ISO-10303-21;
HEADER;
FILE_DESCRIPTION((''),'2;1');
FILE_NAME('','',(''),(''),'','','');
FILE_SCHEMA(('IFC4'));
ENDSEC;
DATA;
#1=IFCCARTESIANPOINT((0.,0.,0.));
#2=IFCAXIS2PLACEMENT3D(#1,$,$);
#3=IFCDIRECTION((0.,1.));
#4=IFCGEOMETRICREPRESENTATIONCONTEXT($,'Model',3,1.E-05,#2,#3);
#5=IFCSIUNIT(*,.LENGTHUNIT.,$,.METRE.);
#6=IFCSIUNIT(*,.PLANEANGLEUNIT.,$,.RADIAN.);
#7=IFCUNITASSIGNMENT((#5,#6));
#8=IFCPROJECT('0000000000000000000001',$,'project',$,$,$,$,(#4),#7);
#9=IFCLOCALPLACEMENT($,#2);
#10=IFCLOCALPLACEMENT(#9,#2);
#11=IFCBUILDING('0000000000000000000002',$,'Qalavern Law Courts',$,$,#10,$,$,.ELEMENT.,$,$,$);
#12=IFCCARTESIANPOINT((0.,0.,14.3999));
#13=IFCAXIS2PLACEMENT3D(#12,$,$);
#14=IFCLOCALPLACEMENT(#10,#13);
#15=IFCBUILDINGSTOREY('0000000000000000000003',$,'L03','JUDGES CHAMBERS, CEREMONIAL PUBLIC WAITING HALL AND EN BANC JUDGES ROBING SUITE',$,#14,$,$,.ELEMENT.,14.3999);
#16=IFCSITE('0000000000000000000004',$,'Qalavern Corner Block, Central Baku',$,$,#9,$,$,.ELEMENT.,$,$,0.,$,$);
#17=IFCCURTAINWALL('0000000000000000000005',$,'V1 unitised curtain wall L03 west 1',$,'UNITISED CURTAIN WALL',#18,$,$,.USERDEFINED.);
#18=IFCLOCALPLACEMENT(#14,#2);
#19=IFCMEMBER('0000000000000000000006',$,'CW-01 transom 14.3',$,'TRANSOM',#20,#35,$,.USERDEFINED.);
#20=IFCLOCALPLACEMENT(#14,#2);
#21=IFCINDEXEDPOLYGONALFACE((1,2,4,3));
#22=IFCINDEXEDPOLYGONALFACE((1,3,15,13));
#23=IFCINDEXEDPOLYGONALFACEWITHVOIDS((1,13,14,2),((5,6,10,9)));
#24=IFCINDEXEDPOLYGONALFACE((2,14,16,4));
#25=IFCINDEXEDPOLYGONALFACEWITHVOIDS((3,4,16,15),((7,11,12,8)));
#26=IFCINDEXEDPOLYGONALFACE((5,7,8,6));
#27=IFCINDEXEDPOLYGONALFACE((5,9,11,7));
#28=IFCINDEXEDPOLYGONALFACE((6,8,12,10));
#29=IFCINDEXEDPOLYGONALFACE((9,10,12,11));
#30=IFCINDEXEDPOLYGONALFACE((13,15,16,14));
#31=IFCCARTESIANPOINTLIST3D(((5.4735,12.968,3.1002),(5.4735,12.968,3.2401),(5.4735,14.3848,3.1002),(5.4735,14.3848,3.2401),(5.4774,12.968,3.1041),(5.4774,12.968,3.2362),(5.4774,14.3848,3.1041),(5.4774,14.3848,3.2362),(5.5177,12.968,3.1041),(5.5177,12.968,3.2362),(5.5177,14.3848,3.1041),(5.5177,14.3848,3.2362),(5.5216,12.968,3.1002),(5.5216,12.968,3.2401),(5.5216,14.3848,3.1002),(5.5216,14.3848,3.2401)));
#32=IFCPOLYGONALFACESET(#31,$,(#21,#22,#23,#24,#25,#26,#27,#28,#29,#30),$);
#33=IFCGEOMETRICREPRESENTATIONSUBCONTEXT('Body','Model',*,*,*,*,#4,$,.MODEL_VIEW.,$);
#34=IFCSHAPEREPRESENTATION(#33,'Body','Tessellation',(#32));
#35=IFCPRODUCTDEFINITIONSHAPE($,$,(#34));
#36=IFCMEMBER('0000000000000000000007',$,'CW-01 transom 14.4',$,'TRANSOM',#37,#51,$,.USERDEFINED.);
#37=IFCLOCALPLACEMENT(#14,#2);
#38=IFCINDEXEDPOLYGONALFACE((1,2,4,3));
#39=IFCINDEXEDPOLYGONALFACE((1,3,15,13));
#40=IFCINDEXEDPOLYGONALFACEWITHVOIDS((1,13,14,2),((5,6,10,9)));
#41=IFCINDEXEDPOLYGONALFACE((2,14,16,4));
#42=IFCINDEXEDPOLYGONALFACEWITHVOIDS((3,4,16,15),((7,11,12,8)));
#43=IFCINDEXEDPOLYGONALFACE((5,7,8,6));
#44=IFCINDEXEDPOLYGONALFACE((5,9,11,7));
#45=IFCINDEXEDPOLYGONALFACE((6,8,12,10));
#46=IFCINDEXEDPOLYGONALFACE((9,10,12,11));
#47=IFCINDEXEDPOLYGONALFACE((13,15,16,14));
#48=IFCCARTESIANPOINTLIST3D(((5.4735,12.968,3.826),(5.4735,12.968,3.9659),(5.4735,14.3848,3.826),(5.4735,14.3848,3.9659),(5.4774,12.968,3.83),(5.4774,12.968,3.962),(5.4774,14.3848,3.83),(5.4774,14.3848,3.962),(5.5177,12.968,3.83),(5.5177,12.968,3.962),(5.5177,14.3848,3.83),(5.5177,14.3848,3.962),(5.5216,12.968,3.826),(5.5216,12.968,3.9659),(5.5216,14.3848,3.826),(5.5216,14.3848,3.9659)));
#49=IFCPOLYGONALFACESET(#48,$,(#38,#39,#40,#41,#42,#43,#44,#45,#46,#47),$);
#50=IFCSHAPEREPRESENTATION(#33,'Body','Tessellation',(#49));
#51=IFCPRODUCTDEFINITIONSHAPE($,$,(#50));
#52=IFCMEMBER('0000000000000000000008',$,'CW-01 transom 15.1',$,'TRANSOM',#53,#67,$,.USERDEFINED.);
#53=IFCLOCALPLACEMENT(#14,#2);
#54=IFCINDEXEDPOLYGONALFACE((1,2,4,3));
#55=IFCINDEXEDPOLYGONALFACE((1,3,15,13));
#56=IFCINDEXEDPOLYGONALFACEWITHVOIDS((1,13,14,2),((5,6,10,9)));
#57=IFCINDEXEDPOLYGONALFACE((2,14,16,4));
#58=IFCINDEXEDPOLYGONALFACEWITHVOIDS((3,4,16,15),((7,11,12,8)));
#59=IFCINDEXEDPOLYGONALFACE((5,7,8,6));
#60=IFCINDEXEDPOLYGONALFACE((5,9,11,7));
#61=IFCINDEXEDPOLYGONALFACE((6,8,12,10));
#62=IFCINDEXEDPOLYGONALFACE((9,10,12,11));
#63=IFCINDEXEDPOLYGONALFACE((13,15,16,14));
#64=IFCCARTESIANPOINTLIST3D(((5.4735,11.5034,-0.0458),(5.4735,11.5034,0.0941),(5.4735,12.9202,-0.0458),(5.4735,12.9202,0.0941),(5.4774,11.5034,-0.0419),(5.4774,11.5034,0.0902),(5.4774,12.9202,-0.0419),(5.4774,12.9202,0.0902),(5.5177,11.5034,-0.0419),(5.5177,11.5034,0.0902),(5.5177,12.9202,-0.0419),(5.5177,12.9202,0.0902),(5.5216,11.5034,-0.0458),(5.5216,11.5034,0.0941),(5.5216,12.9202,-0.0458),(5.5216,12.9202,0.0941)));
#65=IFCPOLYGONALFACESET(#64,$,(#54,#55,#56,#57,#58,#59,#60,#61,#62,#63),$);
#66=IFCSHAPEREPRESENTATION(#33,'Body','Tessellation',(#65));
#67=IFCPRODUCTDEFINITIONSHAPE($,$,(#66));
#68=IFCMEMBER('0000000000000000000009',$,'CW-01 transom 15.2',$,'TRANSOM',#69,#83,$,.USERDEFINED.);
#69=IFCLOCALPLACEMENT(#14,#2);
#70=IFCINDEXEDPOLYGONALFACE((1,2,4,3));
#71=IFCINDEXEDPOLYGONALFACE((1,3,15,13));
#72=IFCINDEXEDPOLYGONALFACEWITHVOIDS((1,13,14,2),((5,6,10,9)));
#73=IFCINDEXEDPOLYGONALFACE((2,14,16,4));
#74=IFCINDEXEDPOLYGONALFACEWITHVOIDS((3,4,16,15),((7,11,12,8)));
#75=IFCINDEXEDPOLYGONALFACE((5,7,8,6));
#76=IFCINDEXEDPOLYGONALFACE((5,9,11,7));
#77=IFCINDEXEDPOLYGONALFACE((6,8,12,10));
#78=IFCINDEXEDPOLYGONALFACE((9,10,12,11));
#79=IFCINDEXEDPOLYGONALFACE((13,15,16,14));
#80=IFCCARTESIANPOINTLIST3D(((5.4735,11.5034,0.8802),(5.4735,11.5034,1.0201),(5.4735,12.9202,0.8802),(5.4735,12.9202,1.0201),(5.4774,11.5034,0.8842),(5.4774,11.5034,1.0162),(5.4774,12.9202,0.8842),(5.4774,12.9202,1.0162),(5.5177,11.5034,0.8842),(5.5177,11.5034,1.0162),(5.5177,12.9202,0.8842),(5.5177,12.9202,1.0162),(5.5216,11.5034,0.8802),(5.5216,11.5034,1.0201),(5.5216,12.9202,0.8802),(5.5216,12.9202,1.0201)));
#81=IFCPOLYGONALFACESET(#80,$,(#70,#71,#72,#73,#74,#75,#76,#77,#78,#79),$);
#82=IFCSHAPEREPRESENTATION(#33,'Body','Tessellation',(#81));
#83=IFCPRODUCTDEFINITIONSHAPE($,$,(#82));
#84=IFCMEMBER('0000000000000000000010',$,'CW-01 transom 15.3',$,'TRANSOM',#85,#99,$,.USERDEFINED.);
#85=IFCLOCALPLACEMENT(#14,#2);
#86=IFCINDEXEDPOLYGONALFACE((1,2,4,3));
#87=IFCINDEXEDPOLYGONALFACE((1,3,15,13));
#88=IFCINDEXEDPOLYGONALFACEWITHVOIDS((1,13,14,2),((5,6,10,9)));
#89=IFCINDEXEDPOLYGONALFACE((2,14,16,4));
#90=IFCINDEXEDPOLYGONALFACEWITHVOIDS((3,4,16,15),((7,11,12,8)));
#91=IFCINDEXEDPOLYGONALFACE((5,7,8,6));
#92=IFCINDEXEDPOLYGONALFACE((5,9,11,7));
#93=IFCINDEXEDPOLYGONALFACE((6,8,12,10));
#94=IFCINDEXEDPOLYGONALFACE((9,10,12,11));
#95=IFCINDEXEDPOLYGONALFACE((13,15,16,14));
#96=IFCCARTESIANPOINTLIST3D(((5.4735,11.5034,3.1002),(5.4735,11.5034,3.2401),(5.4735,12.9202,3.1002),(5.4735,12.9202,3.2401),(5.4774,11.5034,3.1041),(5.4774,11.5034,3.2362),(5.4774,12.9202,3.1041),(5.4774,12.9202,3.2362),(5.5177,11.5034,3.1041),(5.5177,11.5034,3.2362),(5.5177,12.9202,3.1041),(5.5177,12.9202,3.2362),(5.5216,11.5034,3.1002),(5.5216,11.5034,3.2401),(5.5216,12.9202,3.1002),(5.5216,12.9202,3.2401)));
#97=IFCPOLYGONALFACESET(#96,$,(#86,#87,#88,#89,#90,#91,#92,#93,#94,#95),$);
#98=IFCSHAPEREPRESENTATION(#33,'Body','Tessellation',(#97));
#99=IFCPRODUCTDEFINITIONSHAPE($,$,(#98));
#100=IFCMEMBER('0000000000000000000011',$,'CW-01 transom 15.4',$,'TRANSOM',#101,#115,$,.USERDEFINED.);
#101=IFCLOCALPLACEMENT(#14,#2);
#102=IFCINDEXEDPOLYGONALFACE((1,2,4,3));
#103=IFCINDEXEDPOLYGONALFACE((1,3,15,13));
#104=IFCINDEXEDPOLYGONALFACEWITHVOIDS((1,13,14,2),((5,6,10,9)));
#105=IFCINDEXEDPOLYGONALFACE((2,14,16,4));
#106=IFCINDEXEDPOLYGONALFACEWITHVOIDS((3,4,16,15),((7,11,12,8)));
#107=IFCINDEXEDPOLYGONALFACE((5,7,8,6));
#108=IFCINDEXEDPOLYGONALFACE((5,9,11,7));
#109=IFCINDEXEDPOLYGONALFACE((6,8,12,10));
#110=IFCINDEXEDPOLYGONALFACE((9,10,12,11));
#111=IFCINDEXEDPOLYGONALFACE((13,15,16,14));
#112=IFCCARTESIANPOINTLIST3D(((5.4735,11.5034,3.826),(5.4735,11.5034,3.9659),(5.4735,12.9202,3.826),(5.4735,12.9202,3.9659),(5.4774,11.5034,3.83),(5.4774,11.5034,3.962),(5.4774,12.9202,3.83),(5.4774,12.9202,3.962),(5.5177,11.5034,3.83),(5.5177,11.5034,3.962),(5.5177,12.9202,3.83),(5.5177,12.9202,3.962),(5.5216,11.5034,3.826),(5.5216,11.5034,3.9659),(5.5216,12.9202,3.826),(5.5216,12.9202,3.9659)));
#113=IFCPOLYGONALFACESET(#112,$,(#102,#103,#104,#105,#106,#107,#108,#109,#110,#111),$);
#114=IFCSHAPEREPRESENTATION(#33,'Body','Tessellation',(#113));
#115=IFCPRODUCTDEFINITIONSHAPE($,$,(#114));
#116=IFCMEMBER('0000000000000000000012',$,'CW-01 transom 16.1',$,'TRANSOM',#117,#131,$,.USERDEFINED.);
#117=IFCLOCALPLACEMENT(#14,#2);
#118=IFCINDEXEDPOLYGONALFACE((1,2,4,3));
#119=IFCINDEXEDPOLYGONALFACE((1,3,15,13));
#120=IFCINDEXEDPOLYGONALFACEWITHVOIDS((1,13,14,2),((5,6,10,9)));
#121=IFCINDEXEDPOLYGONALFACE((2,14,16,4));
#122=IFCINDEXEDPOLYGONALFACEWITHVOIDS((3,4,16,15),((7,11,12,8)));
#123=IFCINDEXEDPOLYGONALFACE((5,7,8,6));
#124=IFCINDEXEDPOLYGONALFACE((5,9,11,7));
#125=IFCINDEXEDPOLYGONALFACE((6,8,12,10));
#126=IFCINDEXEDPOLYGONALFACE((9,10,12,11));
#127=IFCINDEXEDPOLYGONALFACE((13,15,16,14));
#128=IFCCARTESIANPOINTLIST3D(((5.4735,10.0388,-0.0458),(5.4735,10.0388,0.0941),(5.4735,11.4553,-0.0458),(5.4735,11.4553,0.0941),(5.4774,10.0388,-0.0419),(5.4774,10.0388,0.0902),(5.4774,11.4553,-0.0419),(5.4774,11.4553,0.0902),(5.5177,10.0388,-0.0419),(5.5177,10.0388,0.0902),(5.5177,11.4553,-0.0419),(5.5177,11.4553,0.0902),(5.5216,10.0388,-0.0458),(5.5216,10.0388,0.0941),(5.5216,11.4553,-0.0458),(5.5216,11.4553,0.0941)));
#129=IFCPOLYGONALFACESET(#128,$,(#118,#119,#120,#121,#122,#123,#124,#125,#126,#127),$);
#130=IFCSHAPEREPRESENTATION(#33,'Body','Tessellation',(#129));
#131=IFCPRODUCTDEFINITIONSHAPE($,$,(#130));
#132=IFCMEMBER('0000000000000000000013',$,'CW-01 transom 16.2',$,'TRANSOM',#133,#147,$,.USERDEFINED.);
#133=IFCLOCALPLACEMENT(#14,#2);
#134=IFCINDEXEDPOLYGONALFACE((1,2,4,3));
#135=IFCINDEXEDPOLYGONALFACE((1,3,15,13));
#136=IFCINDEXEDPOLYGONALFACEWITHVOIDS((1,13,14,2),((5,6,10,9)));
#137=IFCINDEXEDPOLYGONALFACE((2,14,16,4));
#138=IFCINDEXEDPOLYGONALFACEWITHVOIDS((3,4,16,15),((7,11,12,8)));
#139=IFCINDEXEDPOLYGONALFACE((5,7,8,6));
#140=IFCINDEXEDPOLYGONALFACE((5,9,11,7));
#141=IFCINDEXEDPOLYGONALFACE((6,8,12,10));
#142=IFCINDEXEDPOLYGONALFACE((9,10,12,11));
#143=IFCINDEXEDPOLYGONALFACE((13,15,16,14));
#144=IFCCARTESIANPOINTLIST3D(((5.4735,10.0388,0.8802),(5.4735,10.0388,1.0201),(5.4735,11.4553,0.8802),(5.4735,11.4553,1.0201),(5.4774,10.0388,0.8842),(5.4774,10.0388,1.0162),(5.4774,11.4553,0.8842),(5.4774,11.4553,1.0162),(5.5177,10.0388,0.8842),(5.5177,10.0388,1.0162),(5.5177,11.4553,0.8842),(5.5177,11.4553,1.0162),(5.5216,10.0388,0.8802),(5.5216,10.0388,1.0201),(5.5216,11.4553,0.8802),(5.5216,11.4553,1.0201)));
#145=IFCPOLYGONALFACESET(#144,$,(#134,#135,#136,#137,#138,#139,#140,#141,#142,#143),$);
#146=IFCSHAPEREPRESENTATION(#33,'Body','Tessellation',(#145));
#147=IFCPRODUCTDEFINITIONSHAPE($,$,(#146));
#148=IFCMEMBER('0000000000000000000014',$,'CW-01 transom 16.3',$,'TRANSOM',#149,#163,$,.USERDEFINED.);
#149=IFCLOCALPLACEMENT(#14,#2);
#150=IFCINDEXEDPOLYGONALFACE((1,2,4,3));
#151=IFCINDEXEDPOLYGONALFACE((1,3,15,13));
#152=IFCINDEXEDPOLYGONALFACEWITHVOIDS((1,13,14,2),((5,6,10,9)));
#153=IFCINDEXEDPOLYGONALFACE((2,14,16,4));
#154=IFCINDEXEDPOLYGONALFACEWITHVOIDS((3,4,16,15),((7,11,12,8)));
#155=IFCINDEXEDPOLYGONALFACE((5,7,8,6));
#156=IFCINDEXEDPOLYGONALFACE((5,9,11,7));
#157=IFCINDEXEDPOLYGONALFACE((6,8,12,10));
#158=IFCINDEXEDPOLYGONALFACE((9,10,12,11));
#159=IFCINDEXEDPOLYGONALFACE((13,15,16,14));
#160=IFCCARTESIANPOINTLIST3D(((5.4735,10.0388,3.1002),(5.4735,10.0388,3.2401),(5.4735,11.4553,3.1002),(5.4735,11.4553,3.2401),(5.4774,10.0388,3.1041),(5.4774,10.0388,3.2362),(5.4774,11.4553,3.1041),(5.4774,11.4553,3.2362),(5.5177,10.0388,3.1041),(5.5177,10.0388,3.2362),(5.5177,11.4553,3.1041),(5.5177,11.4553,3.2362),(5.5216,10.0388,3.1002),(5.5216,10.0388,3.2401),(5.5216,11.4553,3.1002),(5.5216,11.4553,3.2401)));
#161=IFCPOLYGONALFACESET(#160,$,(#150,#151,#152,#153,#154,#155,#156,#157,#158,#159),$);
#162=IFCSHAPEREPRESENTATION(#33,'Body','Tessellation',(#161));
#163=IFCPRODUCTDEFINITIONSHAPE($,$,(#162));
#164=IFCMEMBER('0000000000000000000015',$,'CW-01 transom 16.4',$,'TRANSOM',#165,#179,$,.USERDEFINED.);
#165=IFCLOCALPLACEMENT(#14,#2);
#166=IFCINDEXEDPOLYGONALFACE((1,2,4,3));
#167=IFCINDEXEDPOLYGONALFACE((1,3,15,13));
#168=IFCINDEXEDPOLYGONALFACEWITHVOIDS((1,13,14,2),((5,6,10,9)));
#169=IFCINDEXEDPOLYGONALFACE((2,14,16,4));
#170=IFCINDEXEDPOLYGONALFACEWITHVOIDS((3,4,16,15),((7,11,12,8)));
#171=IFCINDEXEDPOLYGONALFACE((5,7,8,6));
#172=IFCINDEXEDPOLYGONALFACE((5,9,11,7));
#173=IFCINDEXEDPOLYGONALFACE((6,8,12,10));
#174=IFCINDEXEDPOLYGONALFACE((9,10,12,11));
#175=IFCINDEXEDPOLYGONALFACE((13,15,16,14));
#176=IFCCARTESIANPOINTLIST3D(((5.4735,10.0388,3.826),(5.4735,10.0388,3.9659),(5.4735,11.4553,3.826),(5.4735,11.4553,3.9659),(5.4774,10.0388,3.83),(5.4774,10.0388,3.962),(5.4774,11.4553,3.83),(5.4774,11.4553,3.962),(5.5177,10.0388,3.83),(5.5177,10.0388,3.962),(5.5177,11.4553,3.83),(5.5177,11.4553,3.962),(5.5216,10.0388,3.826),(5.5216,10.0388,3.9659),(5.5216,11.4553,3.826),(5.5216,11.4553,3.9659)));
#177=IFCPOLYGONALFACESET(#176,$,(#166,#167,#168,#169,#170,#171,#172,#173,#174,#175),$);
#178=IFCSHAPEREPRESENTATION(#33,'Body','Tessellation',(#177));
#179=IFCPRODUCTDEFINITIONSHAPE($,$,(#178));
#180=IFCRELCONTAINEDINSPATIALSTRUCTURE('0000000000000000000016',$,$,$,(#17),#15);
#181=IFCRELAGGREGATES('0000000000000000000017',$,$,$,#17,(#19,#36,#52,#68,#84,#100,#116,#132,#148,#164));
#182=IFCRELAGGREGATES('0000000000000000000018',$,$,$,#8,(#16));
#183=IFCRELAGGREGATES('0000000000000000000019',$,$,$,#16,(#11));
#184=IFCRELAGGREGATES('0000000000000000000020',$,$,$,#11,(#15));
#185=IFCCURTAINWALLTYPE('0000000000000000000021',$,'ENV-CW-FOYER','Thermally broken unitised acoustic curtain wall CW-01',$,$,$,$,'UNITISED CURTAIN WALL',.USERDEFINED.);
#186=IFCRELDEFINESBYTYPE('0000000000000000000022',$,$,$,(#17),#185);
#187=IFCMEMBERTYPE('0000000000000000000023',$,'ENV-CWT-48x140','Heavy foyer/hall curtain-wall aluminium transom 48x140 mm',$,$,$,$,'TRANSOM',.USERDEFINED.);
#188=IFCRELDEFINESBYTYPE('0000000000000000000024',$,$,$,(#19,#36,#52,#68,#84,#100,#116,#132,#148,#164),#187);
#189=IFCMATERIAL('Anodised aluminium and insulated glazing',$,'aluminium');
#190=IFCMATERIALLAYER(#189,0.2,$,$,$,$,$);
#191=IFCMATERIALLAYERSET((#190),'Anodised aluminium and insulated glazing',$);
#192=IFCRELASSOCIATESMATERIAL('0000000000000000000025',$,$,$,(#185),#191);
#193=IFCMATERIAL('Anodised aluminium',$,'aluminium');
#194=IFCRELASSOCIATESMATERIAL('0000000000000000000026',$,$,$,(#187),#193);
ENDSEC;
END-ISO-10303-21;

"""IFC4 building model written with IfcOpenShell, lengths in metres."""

from ifc_helpers import new_model, si_unit, direction, frame, origin, origin_2d, place, context, subcontext, project, spatial, hollow_rectangle, extrude, material, layer, layer_set, material_profile, profile_set, type_object, element, aggregate, save


model = new_model("IFC4")

# Units and contexts
model_context = context("Model", 3, precision=1e-05, world=origin(), true_north=direction((0.0, 1.0)))
body_context = subcontext(model_context, "Body", "Model", "MODEL_VIEW")
ifc_project = project(units=[si_unit("LENGTHUNIT", "METRE"), si_unit("PLANEANGLEUNIT", "RADIAN")], contexts=[model_context])

# Site, building, storey
site_placement = place(None, origin())
site = spatial("IfcSite", under=ifc_project, at=site_placement, Name="Qalavern Corner Block, Central Baku", CompositionType="ELEMENT", RefElevation=0.0)
building_placement = place(site_placement, origin())
building = spatial("IfcBuilding", under=site, at=building_placement, Name="Qalavern Law Courts", CompositionType="ELEMENT")
storey_placement = place(building_placement, frame((0.0, 0.0, 14.3999)))
storey = spatial("IfcBuildingStorey", under=building, at=storey_placement, Name="L03", Description="JUDGES CHAMBERS, CEREMONIAL PUBLIC WAITING HALL AND EN BANC JUDGES ROBING SUITE", CompositionType="ELEMENT", Elevation=14.3999)

# Curtain wall, members
ifc_material_1 = material(Name="Anodised aluminium and insulated glazing", Category="aluminium")
ifc_layer_1 = layer(ifc_material_1, 0.2)
ifc_layer_set_1 = layer_set([ifc_layer_1], Name="Anodised aluminium and insulated glazing")
curtain_wall_type = type_object("IfcCurtainWallType", Name="ENV-CW-FOYER", Description="Thermally broken unitised acoustic curtain wall CW-01", ElementType="UNITISED CURTAIN WALL", PredefinedType="USERDEFINED", material=ifc_layer_set_1)
curtain_wall_placement = place(storey_placement, origin())
curtain_wall = element("IfcCurtainWall", 1, at=curtain_wall_placement, inside=storey, type_object=curtain_wall_type, Name="V1 unitised curtain wall L03 west 1", ObjectType="UNITISED CURTAIN WALL", PredefinedType="USERDEFINED")
ifc_material_2 = material(Name="Anodised aluminium", Category="aluminium")
ifc_material_profile_1 = material_profile(ifc_material_2, hollow_rectangle(XDim=0.0481, YDim=0.1399, WallThickness=0.0039, at=origin_2d()), Name="ALU TRANSOM 48x140")
ifc_profile_set_1 = profile_set([ifc_material_profile_1], Name="Anodised aluminium")
member_type_1 = type_object("IfcMemberType", Name="ENV-CWT-48x140", Description="Heavy foyer/hall curtain-wall aluminium transom 48x140 mm", ElementType="TRANSOM", PredefinedType="USERDEFINED", material=ifc_profile_set_1)
member_1_placement = place(storey_placement, frame((5.4976, 14.3848, 3.1702), z_axis=(0.0, -1.0, 0.0), x_axis=(1.0, 0.0, 0.0)))
member_1 = element("IfcMember", 2, at=member_1_placement, type_object=member_type_1, Name="CW-01 transom 14.3", ObjectType="TRANSOM", PredefinedType="USERDEFINED", context=body_context, shape_type="SweptSolid", body=[
    extrude(hollow_rectangle(XDim=0.0481, YDim=0.1399, WallThickness=0.0039, at=origin_2d()), origin(), (0.0, 0.0, 1.0), 1.4167),
])
member_2_placement = place(storey_placement, frame((5.4976, 14.3848, 3.896), z_axis=(0.0, -1.0, 0.0), x_axis=(1.0, 0.0, 0.0)))
member_2 = element("IfcMember", 3, at=member_2_placement, type_object=member_type_1, Name="CW-01 transom 14.4", ObjectType="TRANSOM", PredefinedType="USERDEFINED", context=body_context, shape_type="SweptSolid", body=[
    extrude(hollow_rectangle(XDim=0.0481, YDim=0.1399, WallThickness=0.0039, at=origin_2d()), origin(), (0.0, 0.0, 1.0), 1.4167),
])
member_3_placement = place(storey_placement, frame((5.4976, 12.9202, 0.0242), z_axis=(0.0, -1.0, 0.0), x_axis=(1.0, 0.0, 0.0)))
member_3 = element("IfcMember", 4, at=member_3_placement, type_object=member_type_1, Name="CW-01 transom 15.1", ObjectType="TRANSOM", PredefinedType="USERDEFINED", context=body_context, shape_type="SweptSolid", body=[
    extrude(hollow_rectangle(XDim=0.0481, YDim=0.1399, WallThickness=0.0039, at=origin_2d()), origin(), (0.0, 0.0, 1.0), 1.4167),
])
member_4_placement = place(storey_placement, frame((5.4976, 12.9202, 0.9502), z_axis=(0.0, -1.0, 0.0), x_axis=(1.0, 0.0, 0.0)))
member_4 = element("IfcMember", 5, at=member_4_placement, type_object=member_type_1, Name="CW-01 transom 15.2", ObjectType="TRANSOM", PredefinedType="USERDEFINED", context=body_context, shape_type="SweptSolid", body=[
    extrude(hollow_rectangle(XDim=0.0481, YDim=0.1399, WallThickness=0.0039, at=origin_2d()), origin(), (0.0, 0.0, 1.0), 1.4167),
])
member_5_placement = place(storey_placement, frame((5.4976, 12.9202, 3.1702), z_axis=(0.0, -1.0, 0.0), x_axis=(1.0, 0.0, 0.0)))
member_5 = element("IfcMember", 6, at=member_5_placement, type_object=member_type_1, Name="CW-01 transom 15.3", ObjectType="TRANSOM", PredefinedType="USERDEFINED", context=body_context, shape_type="SweptSolid", body=[
    extrude(hollow_rectangle(XDim=0.0481, YDim=0.1399, WallThickness=0.0039, at=origin_2d()), origin(), (0.0, 0.0, 1.0), 1.4167),
])
member_6_placement = place(storey_placement, frame((5.4976, 12.9202, 3.896), z_axis=(0.0, -1.0, 0.0), x_axis=(1.0, 0.0, 0.0)))
member_6 = element("IfcMember", 7, at=member_6_placement, type_object=member_type_1, Name="CW-01 transom 15.4", ObjectType="TRANSOM", PredefinedType="USERDEFINED", context=body_context, shape_type="SweptSolid", body=[
    extrude(hollow_rectangle(XDim=0.0481, YDim=0.1399, WallThickness=0.0039, at=origin_2d()), origin(), (0.0, 0.0, 1.0), 1.4167),
])
member_7_placement = place(storey_placement, frame((5.4976, 11.4553, 0.0242), z_axis=(0.0, -1.0, 0.0), x_axis=(1.0, 0.0, 0.0)))
member_7 = element("IfcMember", 8, at=member_7_placement, type_object=member_type_1, Name="CW-01 transom 16.1", ObjectType="TRANSOM", PredefinedType="USERDEFINED", context=body_context, shape_type="SweptSolid", body=[
    extrude(hollow_rectangle(XDim=0.0481, YDim=0.1399, WallThickness=0.0039, at=origin_2d()), origin(), (0.0, 0.0, 1.0), 1.4165),
])
member_8_placement = place(storey_placement, frame((5.4976, 11.4553, 0.9502), z_axis=(0.0, -1.0, 0.0), x_axis=(1.0, 0.0, 0.0)))
member_8 = element("IfcMember", 9, at=member_8_placement, type_object=member_type_1, Name="CW-01 transom 16.2", ObjectType="TRANSOM", PredefinedType="USERDEFINED", context=body_context, shape_type="SweptSolid", body=[
    extrude(hollow_rectangle(XDim=0.0481, YDim=0.1399, WallThickness=0.0039, at=origin_2d()), origin(), (0.0, 0.0, 1.0), 1.4165),
])
member_9_placement = place(storey_placement, frame((5.4976, 11.4553, 3.1702), z_axis=(0.0, -1.0, 0.0), x_axis=(1.0, 0.0, 0.0)))
member_9 = element("IfcMember", 10, at=member_9_placement, type_object=member_type_1, Name="CW-01 transom 16.3", ObjectType="TRANSOM", PredefinedType="USERDEFINED", context=body_context, shape_type="SweptSolid", body=[
    extrude(hollow_rectangle(XDim=0.0481, YDim=0.1399, WallThickness=0.0039, at=origin_2d()), origin(), (0.0, 0.0, 1.0), 1.4165),
])
member_10_placement = place(storey_placement, frame((5.4976, 11.4553, 3.896), z_axis=(0.0, -1.0, 0.0), x_axis=(1.0, 0.0, 0.0)))
member_10 = element("IfcMember", 11, at=member_10_placement, type_object=member_type_1, Name="CW-01 transom 16.4", ObjectType="TRANSOM", PredefinedType="USERDEFINED", context=body_context, shape_type="SweptSolid", body=[
    extrude(hollow_rectangle(XDim=0.0481, YDim=0.1399, WallThickness=0.0039, at=origin_2d()), origin(), (0.0, 0.0, 1.0), 1.4165),
])

aggregate(curtain_wall, [member_1, member_2, member_3, member_4, member_5, member_6, member_7, member_8, member_9, member_10])

save(model, "model.ifc")
